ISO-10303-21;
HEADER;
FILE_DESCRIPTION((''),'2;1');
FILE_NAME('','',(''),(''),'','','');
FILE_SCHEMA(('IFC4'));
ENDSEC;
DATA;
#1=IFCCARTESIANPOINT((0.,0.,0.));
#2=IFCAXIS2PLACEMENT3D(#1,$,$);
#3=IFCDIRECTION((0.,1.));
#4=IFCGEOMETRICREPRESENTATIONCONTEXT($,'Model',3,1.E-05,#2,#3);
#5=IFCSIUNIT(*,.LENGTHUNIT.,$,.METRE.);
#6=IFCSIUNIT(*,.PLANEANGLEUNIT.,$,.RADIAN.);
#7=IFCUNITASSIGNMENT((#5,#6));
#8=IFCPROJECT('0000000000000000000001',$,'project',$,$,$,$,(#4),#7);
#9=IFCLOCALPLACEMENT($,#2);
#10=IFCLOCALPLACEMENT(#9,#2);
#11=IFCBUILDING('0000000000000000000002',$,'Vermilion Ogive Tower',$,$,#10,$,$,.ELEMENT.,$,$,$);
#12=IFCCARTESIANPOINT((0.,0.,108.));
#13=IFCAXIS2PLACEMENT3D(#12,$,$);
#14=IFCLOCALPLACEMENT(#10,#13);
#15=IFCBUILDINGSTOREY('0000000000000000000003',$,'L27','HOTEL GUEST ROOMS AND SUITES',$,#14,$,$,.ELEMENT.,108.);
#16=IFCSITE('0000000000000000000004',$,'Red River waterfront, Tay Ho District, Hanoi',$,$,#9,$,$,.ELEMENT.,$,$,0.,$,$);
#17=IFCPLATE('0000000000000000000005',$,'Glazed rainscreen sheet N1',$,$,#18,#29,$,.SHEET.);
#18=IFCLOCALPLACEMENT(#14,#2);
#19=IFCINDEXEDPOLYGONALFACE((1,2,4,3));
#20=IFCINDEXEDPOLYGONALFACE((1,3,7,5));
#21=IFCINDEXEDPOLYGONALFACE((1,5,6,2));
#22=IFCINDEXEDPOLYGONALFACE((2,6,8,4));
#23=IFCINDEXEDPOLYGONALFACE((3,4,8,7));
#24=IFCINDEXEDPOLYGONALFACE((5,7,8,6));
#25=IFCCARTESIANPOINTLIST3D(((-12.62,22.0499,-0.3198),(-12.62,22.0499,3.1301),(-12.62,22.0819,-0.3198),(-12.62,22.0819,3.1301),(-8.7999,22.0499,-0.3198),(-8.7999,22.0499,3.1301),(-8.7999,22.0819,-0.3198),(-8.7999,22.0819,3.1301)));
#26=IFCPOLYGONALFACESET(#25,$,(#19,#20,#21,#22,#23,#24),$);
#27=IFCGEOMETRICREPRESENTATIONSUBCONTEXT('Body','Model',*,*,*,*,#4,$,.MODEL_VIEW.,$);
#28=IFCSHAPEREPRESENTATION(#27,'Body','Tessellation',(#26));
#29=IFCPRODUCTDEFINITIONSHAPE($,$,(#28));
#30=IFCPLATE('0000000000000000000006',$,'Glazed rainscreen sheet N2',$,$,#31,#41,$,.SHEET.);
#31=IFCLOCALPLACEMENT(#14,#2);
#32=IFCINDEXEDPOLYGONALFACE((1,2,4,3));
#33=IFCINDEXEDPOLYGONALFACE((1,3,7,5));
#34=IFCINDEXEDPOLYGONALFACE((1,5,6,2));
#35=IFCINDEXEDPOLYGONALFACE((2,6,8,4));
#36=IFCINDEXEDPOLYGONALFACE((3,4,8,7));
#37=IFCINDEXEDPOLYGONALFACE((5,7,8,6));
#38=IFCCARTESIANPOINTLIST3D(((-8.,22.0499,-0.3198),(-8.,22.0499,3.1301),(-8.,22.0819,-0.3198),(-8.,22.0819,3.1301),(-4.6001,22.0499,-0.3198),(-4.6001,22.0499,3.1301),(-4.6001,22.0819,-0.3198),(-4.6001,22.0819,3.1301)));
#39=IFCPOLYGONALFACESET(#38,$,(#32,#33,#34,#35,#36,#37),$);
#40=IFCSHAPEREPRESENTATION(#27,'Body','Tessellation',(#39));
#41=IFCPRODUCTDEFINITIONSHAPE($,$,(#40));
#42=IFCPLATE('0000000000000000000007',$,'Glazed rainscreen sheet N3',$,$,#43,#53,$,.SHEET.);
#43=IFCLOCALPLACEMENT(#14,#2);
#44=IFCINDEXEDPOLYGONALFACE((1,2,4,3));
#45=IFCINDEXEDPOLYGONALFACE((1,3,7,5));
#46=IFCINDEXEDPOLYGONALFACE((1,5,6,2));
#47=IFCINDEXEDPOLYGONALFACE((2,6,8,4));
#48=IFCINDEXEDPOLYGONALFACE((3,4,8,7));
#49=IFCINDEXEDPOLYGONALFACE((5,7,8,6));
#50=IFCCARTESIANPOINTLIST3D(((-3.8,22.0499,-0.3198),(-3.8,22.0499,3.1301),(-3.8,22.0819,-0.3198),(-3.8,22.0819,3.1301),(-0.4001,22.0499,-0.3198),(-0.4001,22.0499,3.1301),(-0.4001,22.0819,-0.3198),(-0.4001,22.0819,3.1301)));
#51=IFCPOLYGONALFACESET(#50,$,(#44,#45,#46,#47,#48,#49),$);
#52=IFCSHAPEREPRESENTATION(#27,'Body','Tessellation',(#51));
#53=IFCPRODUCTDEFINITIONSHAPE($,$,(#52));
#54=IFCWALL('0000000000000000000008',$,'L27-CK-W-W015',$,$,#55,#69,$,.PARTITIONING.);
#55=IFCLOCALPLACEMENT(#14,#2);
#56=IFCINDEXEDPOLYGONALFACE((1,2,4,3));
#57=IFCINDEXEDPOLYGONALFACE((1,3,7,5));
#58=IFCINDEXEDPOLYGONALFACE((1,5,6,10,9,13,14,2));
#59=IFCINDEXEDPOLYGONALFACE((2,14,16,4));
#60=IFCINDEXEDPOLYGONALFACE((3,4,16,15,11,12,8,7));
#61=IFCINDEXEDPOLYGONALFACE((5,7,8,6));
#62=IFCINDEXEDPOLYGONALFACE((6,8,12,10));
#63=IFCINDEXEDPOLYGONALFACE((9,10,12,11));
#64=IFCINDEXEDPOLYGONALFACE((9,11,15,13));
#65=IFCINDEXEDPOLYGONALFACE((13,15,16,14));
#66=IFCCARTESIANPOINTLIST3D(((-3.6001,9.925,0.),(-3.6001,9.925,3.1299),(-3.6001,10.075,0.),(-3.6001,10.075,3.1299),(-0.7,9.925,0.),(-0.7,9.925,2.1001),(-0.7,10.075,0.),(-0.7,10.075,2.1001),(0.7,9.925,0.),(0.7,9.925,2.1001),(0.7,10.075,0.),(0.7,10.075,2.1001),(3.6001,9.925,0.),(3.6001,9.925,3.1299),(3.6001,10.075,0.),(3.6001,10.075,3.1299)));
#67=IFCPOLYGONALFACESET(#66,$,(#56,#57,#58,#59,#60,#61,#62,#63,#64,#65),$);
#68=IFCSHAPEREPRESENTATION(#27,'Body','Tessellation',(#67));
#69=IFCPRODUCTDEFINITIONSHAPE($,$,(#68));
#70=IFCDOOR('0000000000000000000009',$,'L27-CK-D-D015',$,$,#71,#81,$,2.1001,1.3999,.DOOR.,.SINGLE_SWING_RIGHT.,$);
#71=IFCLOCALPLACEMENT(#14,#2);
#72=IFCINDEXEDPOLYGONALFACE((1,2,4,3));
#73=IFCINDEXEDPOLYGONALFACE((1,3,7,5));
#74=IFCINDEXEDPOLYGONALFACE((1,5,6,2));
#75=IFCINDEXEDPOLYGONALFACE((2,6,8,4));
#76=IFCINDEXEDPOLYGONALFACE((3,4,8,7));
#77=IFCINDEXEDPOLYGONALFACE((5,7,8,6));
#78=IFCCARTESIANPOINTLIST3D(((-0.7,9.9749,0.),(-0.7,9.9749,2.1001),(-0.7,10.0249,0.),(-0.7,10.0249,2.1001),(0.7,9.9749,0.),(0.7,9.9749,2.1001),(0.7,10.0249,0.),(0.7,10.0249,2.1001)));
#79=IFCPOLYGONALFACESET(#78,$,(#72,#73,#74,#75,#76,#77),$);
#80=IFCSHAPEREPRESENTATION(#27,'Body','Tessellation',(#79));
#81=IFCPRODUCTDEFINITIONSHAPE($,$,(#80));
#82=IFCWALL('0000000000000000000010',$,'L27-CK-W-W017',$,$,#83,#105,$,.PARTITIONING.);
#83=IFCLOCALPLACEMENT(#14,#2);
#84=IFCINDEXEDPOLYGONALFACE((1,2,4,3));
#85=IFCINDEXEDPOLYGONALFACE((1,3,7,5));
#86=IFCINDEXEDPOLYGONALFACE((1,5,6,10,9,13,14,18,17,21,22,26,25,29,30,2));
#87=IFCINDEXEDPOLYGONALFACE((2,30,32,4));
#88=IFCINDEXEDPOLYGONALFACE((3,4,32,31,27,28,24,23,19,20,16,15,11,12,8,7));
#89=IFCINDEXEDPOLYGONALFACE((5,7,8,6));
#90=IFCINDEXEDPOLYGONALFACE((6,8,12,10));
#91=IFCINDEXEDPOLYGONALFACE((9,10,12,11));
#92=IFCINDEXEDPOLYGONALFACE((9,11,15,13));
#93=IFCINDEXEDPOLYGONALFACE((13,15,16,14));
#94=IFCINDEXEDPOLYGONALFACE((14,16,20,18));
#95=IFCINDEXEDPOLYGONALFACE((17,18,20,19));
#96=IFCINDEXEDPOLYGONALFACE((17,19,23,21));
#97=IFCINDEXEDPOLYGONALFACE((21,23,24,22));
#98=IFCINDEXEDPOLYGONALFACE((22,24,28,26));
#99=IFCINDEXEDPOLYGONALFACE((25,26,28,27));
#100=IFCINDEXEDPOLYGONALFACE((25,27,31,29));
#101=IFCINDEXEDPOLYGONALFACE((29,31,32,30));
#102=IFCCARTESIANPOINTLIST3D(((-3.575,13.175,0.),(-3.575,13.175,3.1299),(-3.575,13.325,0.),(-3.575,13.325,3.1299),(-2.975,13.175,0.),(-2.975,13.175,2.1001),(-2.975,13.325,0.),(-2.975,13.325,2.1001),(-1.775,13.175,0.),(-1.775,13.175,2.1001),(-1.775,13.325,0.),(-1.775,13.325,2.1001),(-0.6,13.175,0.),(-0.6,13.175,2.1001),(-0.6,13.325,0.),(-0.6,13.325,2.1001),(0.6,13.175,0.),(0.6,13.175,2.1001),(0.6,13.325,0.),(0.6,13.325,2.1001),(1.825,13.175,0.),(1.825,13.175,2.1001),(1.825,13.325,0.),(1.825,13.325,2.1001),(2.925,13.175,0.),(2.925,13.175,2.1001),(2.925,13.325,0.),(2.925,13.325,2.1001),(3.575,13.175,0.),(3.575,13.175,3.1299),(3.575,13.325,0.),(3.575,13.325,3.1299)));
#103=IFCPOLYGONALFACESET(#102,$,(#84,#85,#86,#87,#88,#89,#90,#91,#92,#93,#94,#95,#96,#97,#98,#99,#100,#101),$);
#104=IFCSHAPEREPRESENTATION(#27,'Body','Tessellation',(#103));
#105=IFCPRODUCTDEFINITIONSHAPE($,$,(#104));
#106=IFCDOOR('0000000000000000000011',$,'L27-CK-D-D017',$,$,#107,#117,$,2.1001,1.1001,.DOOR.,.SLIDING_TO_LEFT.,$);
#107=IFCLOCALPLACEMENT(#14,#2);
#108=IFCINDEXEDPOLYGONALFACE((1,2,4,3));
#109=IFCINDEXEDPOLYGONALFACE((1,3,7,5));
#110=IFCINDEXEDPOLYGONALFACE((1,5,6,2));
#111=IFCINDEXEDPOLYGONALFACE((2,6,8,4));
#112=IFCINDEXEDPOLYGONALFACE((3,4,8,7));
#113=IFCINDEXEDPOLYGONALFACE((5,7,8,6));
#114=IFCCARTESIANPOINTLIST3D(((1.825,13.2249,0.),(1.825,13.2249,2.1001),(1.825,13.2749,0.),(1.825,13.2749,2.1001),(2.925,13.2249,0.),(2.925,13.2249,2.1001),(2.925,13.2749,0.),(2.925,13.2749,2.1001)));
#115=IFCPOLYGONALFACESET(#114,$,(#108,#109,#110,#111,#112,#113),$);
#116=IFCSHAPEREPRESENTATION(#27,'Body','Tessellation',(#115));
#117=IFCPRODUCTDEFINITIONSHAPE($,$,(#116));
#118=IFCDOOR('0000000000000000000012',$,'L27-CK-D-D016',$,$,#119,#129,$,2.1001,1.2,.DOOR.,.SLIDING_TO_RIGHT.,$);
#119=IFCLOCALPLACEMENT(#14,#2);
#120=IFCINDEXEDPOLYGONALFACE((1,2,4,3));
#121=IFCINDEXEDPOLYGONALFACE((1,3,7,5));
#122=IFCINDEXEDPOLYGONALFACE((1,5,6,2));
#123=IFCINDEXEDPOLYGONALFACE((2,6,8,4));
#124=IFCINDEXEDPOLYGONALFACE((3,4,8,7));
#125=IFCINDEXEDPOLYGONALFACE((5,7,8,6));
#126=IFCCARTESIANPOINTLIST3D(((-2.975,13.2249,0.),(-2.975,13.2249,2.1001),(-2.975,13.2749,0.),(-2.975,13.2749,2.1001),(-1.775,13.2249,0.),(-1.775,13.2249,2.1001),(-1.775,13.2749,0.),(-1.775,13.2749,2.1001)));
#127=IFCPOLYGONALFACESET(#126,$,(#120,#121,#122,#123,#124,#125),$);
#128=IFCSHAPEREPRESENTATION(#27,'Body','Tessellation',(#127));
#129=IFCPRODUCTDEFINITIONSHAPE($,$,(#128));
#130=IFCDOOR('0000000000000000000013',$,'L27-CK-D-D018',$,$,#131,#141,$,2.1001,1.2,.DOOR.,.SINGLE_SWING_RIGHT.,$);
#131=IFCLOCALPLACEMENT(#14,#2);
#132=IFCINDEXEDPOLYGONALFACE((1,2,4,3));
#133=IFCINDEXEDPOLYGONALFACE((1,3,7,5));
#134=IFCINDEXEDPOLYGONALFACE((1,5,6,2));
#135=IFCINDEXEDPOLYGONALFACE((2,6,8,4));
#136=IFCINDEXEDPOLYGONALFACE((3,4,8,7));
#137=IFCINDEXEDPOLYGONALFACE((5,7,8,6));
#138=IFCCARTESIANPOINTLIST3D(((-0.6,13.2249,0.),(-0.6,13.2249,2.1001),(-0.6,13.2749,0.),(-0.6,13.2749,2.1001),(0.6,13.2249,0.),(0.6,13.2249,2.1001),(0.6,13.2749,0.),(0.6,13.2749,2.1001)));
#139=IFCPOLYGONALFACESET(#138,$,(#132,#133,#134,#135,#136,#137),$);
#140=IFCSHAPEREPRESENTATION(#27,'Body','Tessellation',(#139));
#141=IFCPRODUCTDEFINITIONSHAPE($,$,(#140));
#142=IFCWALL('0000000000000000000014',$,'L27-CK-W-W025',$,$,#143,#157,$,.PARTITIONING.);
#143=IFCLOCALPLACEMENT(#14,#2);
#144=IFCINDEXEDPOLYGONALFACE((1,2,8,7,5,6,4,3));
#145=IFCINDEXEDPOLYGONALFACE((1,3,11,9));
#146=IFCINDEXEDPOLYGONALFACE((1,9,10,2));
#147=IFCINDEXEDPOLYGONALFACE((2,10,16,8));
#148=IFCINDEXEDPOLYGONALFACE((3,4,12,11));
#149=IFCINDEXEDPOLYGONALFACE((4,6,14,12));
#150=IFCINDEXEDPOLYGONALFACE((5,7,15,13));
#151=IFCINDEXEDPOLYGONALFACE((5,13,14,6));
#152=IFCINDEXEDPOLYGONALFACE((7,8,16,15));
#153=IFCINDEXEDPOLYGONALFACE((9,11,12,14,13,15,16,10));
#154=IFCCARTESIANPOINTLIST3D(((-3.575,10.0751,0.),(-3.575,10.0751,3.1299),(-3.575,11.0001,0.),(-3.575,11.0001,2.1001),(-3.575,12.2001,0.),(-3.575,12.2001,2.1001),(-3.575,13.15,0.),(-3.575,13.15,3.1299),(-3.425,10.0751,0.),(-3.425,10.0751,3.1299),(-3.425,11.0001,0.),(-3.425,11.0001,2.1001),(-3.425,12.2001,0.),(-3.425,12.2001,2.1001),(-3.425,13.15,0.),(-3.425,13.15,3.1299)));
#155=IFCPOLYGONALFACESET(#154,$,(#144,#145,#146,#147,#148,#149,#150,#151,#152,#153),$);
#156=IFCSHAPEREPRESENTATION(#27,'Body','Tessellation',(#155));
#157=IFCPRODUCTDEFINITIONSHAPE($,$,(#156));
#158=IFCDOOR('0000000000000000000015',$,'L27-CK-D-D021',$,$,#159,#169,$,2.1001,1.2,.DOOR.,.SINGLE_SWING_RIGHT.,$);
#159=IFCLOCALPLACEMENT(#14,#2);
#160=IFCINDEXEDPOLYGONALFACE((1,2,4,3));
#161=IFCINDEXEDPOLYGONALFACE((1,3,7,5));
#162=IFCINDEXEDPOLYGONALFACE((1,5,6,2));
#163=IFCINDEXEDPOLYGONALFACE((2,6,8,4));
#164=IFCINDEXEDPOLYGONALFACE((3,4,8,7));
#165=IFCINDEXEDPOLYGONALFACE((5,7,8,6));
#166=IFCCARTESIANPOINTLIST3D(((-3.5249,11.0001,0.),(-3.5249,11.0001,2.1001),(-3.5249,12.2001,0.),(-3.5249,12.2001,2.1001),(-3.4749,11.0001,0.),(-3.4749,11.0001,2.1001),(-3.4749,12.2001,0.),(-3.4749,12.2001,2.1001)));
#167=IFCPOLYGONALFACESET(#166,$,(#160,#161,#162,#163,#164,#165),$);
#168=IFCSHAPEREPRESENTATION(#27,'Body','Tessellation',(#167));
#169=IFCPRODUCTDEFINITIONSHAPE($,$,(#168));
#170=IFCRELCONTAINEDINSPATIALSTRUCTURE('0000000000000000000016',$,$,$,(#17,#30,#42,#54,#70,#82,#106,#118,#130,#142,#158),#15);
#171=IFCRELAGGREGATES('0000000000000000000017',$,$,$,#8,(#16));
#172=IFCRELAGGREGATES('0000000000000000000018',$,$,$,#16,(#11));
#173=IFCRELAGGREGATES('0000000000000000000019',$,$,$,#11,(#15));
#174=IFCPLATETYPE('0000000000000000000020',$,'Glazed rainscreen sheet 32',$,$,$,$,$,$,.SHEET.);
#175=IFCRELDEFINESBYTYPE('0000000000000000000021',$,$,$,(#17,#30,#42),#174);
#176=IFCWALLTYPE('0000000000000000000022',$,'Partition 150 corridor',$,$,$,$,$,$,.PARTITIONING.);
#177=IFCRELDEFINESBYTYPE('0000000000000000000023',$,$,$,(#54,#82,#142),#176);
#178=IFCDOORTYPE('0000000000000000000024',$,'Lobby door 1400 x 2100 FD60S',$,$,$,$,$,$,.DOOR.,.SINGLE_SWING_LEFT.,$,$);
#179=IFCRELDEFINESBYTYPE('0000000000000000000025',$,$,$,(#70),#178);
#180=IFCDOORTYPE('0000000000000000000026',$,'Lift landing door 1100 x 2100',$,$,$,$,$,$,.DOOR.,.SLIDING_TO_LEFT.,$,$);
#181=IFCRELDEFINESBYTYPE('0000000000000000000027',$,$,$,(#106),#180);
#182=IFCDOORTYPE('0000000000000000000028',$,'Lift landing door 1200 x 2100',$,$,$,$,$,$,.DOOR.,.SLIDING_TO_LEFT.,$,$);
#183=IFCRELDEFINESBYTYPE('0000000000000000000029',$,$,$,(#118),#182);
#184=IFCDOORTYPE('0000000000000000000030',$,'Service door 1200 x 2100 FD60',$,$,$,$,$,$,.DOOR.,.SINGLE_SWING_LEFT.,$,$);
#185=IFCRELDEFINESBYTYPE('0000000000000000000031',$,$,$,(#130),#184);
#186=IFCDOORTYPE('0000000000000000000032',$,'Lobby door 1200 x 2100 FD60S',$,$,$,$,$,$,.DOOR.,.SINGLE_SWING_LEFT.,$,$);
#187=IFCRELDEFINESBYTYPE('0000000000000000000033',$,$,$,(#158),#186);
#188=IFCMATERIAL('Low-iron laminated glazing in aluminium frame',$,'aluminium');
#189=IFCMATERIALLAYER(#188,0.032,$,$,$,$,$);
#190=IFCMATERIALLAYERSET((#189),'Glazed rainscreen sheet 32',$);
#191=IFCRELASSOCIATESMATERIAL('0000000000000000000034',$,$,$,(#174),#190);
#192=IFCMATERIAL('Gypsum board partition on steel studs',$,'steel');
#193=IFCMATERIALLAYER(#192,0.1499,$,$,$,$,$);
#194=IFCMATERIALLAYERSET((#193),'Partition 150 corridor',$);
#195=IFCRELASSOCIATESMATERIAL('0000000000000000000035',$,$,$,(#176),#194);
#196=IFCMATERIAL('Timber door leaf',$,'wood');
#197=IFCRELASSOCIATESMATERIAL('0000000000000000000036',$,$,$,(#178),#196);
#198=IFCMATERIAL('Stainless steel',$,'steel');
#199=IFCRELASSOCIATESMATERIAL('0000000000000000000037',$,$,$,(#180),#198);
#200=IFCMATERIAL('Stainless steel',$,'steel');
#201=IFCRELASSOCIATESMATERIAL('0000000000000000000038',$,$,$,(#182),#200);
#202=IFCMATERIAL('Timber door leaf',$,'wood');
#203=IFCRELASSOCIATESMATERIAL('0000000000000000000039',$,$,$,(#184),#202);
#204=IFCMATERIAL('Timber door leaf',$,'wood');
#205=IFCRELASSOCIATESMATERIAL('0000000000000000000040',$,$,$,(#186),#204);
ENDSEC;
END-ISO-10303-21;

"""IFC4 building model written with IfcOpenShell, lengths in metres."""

from ifc_helpers import new_model, si_unit, direction, frame, frame_2d, origin, origin_2d, place, context, subcontext, project, spatial, rectangle, extrude, material, layer, layer_set, type_object, element, fill, save


model = new_model("IFC4")

# Units and contexts
model_context = context("Model", 3, precision=1e-05, world=origin(), true_north=direction((0.0, 1.0)))
body_context = subcontext(model_context, "Body", "Model", "MODEL_VIEW")
ifc_project = project(units=[si_unit("LENGTHUNIT", "METRE"), si_unit("PLANEANGLEUNIT", "RADIAN")], contexts=[model_context])

# Site, building, storey
site_placement = place(None, origin())
site = spatial("IfcSite", under=ifc_project, at=site_placement, Name="Red River waterfront, Tay Ho District, Hanoi", CompositionType="ELEMENT", RefElevation=0.0)
building_placement = place(site_placement, origin())
building = spatial("IfcBuilding", under=site, at=building_placement, Name="Vermilion Ogive Tower", CompositionType="ELEMENT")
storey_placement = place(building_placement, frame((0.0, 0.0, 108.0)))
storey = spatial("IfcBuildingStorey", under=building, at=storey_placement, Name="L27", Description="HOTEL GUEST ROOMS AND SUITES", CompositionType="ELEMENT", Elevation=108.0)

# Plates
ifc_material_1 = material(Name="Low-iron laminated glazing in aluminium frame", Category="aluminium")
ifc_layer_1 = layer(ifc_material_1, 0.032)
ifc_layer_set_1 = layer_set([ifc_layer_1], Name="Glazed rainscreen sheet 32")
plate_type = type_object("IfcPlateType", Name="Glazed rainscreen sheet 32", PredefinedType="SHEET", material=ifc_layer_set_1)
plate_placement = place(storey_placement, frame((-10.71, 22.0659, -0.3198), z_axis=(0.0, 0.0, 1.0), x_axis=(1.0, 0.0, 0.0)))
element("IfcPlate", 1, at=plate_placement, inside=storey, type_object=plate_type, Name="Glazed rainscreen sheet N1", PredefinedType="SHEET", context=body_context, shape_type="SweptSolid", body=[
    extrude(rectangle(XDim=3.8201, YDim=0.032, at=origin_2d()), origin(), (0.0, 0.0, 1.0), 3.45),
])
for number, where, z_axis, x_axis, name in (
    (2, (-6.3, 22.0659, -0.3198), (0.0, 0.0, 1.0), (1.0, 0.0, 0.0), "Glazed rainscreen sheet N2"),
    (3, (-2.1001, 22.0659, -0.3198), (0.0, 0.0, 1.0), (1.0, 0.0, 0.0), "Glazed rainscreen sheet N3"),
):
    element("IfcPlate", number, at=place(storey_placement, frame(where, z_axis=z_axis, x_axis=x_axis)), inside=storey, type_object=plate_type, Name=name, PredefinedType="SHEET", context=body_context, shape_type="SweptSolid", body=[
        extrude(rectangle(XDim=3.3999, YDim=0.032, at=origin_2d()), origin(), (0.0, 0.0, 1.0), 3.45),
    ])

# Wall, opening, door
ifc_material_2 = material(Name="Gypsum board partition on steel studs", Category="steel")
ifc_layer_2 = layer(ifc_material_2, 0.1499)
ifc_layer_set_2 = layer_set([ifc_layer_2], Name="Partition 150 corridor")
wall_type_1 = type_object("IfcWallType", Name="Partition 150 corridor", PredefinedType="PARTITIONING", material=ifc_layer_set_2)
wall_1_placement = place(storey_placement, frame((-3.6001, 10.0, 0.0), z_axis=(0.0, 0.0, 1.0), x_axis=(1.0, 0.0, 0.0)))
wall_1 = element("IfcWall", 4, at=wall_1_placement, inside=storey, type_object=wall_type_1, Name="L27-CK-W-W015", PredefinedType="PARTITIONING", context=body_context, shape_type="SweptSolid", body=[
    extrude(rectangle(XDim=7.2002, YDim=0.1499, at=frame_2d((3.6001, 0.0))), origin(), (0.0, 0.0, 1.0), 3.1299),
])
opening_1_placement = place(wall_1_placement, frame((2.9001, 0.0, 0.0)))
opening_1 = element("IfcOpeningElement", 5, at=opening_1_placement, cuts=wall_1, PredefinedType="OPENING", context=body_context, shape_type="SweptSolid", body=[
    extrude(rectangle(XDim=1.3999, YDim=2.1001, at=frame_2d((0.7, 1.05))), frame((0.0, 0.085, 0.0), z_axis=(0.0, -1.0, 0.0), x_axis=(1.0, 0.0, 0.0)), (0.0, 0.0, 1.0), 0.1699),
])
ifc_material_3 = material(Name="Timber door leaf", Category="wood")
door_type_1 = type_object("IfcDoorType", Name="Lobby door 1400 x 2100 FD60S", OperationType="SINGLE_SWING_LEFT", PredefinedType="DOOR", material=ifc_material_3)
door_1_placement = place(opening_1_placement, origin())
door_1 = element("IfcDoor", 6, at=door_1_placement, inside=storey, type_object=door_type_1, Name="L27-CK-D-D015", OperationType="SINGLE_SWING_RIGHT", OverallHeight=2.1001, OverallWidth=1.3999, PredefinedType="DOOR", context=body_context, shape_type="SweptSolid", body=[
    extrude(rectangle(XDim=1.3999, YDim=2.1001, at=frame_2d((0.7, 1.05))), frame((0.0, 0.0249, 0.0), z_axis=(0.0, -1.0, 0.0), x_axis=(1.0, 0.0, 0.0)), (0.0, 0.0, 1.0), 0.05),
])
fill(opening_1, door_1)

# Wall, openings, doors
wall_2_placement = place(storey_placement, frame((-3.575, 13.25, 0.0), z_axis=(0.0, 0.0, 1.0), x_axis=(1.0, 0.0, 0.0)))
wall_2 = element("IfcWall", 7, at=wall_2_placement, inside=storey, type_object=wall_type_1, Name="L27-CK-W-W017", PredefinedType="PARTITIONING", context=body_context, shape_type="SweptSolid", body=[
    extrude(rectangle(XDim=7.1499, YDim=0.1499, at=frame_2d((3.575, 0.0))), origin(), (0.0, 0.0, 1.0), 3.1299),
])
opening_2_placement = place(wall_2_placement, frame((0.5999, 0.0, 0.0)))
opening_2 = element("IfcOpeningElement", 8, at=opening_2_placement, cuts=wall_2, PredefinedType="OPENING", context=body_context, shape_type="SweptSolid", body=[
    extrude(rectangle(XDim=1.2, YDim=2.1001, at=frame_2d((0.6001, 1.05))), frame((0.0, 0.085, 0.0), z_axis=(0.0, -1.0, 0.0), x_axis=(1.0, 0.0, 0.0)), (0.0, 0.0, 1.0), 0.1699),
])
opening_3_placement = place(wall_2_placement, frame((5.3999, 0.0, 0.0)))
opening_3 = element("IfcOpeningElement", 9, at=opening_3_placement, cuts=wall_2, PredefinedType="OPENING", context=body_context, shape_type="SweptSolid", body=[
    extrude(rectangle(XDim=1.1001, YDim=2.1001, at=frame_2d((0.55, 1.05))), frame((0.0, 0.085, 0.0), z_axis=(0.0, -1.0, 0.0), x_axis=(1.0, 0.0, 0.0)), (0.0, 0.0, 1.0), 0.1699),
])
opening_4_placement = place(wall_2_placement, frame((2.9749, 0.0, 0.0)))
opening_4 = element("IfcOpeningElement", 10, at=opening_4_placement, cuts=wall_2, PredefinedType="OPENING", context=body_context, shape_type="SweptSolid", body=[
    extrude(rectangle(XDim=1.2, YDim=2.1001, at=frame_2d((0.6001, 1.05))), frame((0.0, 0.085, 0.0), z_axis=(0.0, -1.0, 0.0), x_axis=(1.0, 0.0, 0.0)), (0.0, 0.0, 1.0), 0.1699),
])
ifc_material_4 = material(Name="Stainless steel", Category="steel")
door_type_2 = type_object("IfcDoorType", Name="Lift landing door 1100 x 2100", OperationType="SLIDING_TO_LEFT", PredefinedType="DOOR", material=ifc_material_4)
door_2_placement = place(opening_3_placement, origin())
door_2 = element("IfcDoor", 11, at=door_2_placement, inside=storey, type_object=door_type_2, Name="L27-CK-D-D017", OperationType="SLIDING_TO_LEFT", OverallHeight=2.1001, OverallWidth=1.1001, PredefinedType="DOOR", context=body_context, shape_type="SweptSolid", body=[
    extrude(rectangle(XDim=1.1001, YDim=2.1001, at=frame_2d((0.55, 1.05))), frame((0.0, 0.0249, 0.0), z_axis=(0.0, -1.0, 0.0), x_axis=(1.0, 0.0, 0.0)), (0.0, 0.0, 1.0), 0.05),
])
fill(opening_3, door_2)
ifc_material_5 = material(Name="Stainless steel", Category="steel")
door_type_3 = type_object("IfcDoorType", Name="Lift landing door 1200 x 2100", OperationType="SLIDING_TO_LEFT", PredefinedType="DOOR", material=ifc_material_5)
door_3_placement = place(opening_2_placement, origin())
door_3 = element("IfcDoor", 12, at=door_3_placement, inside=storey, type_object=door_type_3, Name="L27-CK-D-D016", OperationType="SLIDING_TO_RIGHT", OverallHeight=2.1001, OverallWidth=1.2, PredefinedType="DOOR", context=body_context, shape_type="SweptSolid", body=[
    extrude(rectangle(XDim=1.2, YDim=2.1001, at=frame_2d((0.6001, 1.05))), frame((0.0, 0.0249, 0.0), z_axis=(0.0, -1.0, 0.0), x_axis=(1.0, 0.0, 0.0)), (0.0, 0.0, 1.0), 0.05),
])
fill(opening_2, door_3)
ifc_material_6 = material(Name="Timber door leaf", Category="wood")
door_type_4 = type_object("IfcDoorType", Name="Service door 1200 x 2100 FD60", OperationType="SINGLE_SWING_LEFT", PredefinedType="DOOR", material=ifc_material_6)
door_4_placement = place(opening_4_placement, origin())
door_4 = element("IfcDoor", 13, at=door_4_placement, inside=storey, type_object=door_type_4, Name="L27-CK-D-D018", OperationType="SINGLE_SWING_RIGHT", OverallHeight=2.1001, OverallWidth=1.2, PredefinedType="DOOR", context=body_context, shape_type="SweptSolid", body=[
    extrude(rectangle(XDim=1.2, YDim=2.1001, at=frame_2d((0.6001, 1.05))), frame((0.0, 0.0249, 0.0), z_axis=(0.0, -1.0, 0.0), x_axis=(1.0, 0.0, 0.0)), (0.0, 0.0, 1.0), 0.05),
])
fill(opening_4, door_4)

# Wall, opening, door
wall_3_placement = place(storey_placement, frame((-3.5, 10.075, 0.0), z_axis=(0.0, 0.0, 1.0), x_axis=(0.0, 1.0, 0.0)))
wall_3 = element("IfcWall", 14, at=wall_3_placement, inside=storey, type_object=wall_type_1, Name="L27-CK-W-W025", PredefinedType="PARTITIONING", context=body_context, shape_type="SweptSolid", body=[
    extrude(rectangle(XDim=3.075, YDim=0.1499, at=frame_2d((1.5376, 0.0))), origin(), (0.0, 0.0, 1.0), 3.1299),
])
opening_5_placement = place(wall_3_placement, frame((0.925, 0.0, 0.0)))
opening_5 = element("IfcOpeningElement", 15, at=opening_5_placement, cuts=wall_3, PredefinedType="OPENING", context=body_context, shape_type="SweptSolid", body=[
    extrude(rectangle(XDim=1.2, YDim=2.1001, at=frame_2d((0.6001, 1.05))), frame((0.0, 0.085, 0.0), z_axis=(0.0, -1.0, 0.0), x_axis=(1.0, 0.0, 0.0)), (0.0, 0.0, 1.0), 0.1699),
])
ifc_material_7 = material(Name="Timber door leaf", Category="wood")
door_type_5 = type_object("IfcDoorType", Name="Lobby door 1200 x 2100 FD60S", OperationType="SINGLE_SWING_LEFT", PredefinedType="DOOR", material=ifc_material_7)
door_5_placement = place(opening_5_placement, origin())
door_5 = element("IfcDoor", 16, at=door_5_placement, inside=storey, type_object=door_type_5, Name="L27-CK-D-D021", OperationType="SINGLE_SWING_RIGHT", OverallHeight=2.1001, OverallWidth=1.2, PredefinedType="DOOR", context=body_context, shape_type="SweptSolid", body=[
    extrude(rectangle(XDim=1.2, YDim=2.1001, at=frame_2d((0.6001, 1.05))), frame((0.0, 0.0249, 0.0), z_axis=(0.0, -1.0, 0.0), x_axis=(1.0, 0.0, 0.0)), (0.0, 0.0, 1.0), 0.05),
])
fill(opening_5, door_5)

save(model, "model.ifc")
